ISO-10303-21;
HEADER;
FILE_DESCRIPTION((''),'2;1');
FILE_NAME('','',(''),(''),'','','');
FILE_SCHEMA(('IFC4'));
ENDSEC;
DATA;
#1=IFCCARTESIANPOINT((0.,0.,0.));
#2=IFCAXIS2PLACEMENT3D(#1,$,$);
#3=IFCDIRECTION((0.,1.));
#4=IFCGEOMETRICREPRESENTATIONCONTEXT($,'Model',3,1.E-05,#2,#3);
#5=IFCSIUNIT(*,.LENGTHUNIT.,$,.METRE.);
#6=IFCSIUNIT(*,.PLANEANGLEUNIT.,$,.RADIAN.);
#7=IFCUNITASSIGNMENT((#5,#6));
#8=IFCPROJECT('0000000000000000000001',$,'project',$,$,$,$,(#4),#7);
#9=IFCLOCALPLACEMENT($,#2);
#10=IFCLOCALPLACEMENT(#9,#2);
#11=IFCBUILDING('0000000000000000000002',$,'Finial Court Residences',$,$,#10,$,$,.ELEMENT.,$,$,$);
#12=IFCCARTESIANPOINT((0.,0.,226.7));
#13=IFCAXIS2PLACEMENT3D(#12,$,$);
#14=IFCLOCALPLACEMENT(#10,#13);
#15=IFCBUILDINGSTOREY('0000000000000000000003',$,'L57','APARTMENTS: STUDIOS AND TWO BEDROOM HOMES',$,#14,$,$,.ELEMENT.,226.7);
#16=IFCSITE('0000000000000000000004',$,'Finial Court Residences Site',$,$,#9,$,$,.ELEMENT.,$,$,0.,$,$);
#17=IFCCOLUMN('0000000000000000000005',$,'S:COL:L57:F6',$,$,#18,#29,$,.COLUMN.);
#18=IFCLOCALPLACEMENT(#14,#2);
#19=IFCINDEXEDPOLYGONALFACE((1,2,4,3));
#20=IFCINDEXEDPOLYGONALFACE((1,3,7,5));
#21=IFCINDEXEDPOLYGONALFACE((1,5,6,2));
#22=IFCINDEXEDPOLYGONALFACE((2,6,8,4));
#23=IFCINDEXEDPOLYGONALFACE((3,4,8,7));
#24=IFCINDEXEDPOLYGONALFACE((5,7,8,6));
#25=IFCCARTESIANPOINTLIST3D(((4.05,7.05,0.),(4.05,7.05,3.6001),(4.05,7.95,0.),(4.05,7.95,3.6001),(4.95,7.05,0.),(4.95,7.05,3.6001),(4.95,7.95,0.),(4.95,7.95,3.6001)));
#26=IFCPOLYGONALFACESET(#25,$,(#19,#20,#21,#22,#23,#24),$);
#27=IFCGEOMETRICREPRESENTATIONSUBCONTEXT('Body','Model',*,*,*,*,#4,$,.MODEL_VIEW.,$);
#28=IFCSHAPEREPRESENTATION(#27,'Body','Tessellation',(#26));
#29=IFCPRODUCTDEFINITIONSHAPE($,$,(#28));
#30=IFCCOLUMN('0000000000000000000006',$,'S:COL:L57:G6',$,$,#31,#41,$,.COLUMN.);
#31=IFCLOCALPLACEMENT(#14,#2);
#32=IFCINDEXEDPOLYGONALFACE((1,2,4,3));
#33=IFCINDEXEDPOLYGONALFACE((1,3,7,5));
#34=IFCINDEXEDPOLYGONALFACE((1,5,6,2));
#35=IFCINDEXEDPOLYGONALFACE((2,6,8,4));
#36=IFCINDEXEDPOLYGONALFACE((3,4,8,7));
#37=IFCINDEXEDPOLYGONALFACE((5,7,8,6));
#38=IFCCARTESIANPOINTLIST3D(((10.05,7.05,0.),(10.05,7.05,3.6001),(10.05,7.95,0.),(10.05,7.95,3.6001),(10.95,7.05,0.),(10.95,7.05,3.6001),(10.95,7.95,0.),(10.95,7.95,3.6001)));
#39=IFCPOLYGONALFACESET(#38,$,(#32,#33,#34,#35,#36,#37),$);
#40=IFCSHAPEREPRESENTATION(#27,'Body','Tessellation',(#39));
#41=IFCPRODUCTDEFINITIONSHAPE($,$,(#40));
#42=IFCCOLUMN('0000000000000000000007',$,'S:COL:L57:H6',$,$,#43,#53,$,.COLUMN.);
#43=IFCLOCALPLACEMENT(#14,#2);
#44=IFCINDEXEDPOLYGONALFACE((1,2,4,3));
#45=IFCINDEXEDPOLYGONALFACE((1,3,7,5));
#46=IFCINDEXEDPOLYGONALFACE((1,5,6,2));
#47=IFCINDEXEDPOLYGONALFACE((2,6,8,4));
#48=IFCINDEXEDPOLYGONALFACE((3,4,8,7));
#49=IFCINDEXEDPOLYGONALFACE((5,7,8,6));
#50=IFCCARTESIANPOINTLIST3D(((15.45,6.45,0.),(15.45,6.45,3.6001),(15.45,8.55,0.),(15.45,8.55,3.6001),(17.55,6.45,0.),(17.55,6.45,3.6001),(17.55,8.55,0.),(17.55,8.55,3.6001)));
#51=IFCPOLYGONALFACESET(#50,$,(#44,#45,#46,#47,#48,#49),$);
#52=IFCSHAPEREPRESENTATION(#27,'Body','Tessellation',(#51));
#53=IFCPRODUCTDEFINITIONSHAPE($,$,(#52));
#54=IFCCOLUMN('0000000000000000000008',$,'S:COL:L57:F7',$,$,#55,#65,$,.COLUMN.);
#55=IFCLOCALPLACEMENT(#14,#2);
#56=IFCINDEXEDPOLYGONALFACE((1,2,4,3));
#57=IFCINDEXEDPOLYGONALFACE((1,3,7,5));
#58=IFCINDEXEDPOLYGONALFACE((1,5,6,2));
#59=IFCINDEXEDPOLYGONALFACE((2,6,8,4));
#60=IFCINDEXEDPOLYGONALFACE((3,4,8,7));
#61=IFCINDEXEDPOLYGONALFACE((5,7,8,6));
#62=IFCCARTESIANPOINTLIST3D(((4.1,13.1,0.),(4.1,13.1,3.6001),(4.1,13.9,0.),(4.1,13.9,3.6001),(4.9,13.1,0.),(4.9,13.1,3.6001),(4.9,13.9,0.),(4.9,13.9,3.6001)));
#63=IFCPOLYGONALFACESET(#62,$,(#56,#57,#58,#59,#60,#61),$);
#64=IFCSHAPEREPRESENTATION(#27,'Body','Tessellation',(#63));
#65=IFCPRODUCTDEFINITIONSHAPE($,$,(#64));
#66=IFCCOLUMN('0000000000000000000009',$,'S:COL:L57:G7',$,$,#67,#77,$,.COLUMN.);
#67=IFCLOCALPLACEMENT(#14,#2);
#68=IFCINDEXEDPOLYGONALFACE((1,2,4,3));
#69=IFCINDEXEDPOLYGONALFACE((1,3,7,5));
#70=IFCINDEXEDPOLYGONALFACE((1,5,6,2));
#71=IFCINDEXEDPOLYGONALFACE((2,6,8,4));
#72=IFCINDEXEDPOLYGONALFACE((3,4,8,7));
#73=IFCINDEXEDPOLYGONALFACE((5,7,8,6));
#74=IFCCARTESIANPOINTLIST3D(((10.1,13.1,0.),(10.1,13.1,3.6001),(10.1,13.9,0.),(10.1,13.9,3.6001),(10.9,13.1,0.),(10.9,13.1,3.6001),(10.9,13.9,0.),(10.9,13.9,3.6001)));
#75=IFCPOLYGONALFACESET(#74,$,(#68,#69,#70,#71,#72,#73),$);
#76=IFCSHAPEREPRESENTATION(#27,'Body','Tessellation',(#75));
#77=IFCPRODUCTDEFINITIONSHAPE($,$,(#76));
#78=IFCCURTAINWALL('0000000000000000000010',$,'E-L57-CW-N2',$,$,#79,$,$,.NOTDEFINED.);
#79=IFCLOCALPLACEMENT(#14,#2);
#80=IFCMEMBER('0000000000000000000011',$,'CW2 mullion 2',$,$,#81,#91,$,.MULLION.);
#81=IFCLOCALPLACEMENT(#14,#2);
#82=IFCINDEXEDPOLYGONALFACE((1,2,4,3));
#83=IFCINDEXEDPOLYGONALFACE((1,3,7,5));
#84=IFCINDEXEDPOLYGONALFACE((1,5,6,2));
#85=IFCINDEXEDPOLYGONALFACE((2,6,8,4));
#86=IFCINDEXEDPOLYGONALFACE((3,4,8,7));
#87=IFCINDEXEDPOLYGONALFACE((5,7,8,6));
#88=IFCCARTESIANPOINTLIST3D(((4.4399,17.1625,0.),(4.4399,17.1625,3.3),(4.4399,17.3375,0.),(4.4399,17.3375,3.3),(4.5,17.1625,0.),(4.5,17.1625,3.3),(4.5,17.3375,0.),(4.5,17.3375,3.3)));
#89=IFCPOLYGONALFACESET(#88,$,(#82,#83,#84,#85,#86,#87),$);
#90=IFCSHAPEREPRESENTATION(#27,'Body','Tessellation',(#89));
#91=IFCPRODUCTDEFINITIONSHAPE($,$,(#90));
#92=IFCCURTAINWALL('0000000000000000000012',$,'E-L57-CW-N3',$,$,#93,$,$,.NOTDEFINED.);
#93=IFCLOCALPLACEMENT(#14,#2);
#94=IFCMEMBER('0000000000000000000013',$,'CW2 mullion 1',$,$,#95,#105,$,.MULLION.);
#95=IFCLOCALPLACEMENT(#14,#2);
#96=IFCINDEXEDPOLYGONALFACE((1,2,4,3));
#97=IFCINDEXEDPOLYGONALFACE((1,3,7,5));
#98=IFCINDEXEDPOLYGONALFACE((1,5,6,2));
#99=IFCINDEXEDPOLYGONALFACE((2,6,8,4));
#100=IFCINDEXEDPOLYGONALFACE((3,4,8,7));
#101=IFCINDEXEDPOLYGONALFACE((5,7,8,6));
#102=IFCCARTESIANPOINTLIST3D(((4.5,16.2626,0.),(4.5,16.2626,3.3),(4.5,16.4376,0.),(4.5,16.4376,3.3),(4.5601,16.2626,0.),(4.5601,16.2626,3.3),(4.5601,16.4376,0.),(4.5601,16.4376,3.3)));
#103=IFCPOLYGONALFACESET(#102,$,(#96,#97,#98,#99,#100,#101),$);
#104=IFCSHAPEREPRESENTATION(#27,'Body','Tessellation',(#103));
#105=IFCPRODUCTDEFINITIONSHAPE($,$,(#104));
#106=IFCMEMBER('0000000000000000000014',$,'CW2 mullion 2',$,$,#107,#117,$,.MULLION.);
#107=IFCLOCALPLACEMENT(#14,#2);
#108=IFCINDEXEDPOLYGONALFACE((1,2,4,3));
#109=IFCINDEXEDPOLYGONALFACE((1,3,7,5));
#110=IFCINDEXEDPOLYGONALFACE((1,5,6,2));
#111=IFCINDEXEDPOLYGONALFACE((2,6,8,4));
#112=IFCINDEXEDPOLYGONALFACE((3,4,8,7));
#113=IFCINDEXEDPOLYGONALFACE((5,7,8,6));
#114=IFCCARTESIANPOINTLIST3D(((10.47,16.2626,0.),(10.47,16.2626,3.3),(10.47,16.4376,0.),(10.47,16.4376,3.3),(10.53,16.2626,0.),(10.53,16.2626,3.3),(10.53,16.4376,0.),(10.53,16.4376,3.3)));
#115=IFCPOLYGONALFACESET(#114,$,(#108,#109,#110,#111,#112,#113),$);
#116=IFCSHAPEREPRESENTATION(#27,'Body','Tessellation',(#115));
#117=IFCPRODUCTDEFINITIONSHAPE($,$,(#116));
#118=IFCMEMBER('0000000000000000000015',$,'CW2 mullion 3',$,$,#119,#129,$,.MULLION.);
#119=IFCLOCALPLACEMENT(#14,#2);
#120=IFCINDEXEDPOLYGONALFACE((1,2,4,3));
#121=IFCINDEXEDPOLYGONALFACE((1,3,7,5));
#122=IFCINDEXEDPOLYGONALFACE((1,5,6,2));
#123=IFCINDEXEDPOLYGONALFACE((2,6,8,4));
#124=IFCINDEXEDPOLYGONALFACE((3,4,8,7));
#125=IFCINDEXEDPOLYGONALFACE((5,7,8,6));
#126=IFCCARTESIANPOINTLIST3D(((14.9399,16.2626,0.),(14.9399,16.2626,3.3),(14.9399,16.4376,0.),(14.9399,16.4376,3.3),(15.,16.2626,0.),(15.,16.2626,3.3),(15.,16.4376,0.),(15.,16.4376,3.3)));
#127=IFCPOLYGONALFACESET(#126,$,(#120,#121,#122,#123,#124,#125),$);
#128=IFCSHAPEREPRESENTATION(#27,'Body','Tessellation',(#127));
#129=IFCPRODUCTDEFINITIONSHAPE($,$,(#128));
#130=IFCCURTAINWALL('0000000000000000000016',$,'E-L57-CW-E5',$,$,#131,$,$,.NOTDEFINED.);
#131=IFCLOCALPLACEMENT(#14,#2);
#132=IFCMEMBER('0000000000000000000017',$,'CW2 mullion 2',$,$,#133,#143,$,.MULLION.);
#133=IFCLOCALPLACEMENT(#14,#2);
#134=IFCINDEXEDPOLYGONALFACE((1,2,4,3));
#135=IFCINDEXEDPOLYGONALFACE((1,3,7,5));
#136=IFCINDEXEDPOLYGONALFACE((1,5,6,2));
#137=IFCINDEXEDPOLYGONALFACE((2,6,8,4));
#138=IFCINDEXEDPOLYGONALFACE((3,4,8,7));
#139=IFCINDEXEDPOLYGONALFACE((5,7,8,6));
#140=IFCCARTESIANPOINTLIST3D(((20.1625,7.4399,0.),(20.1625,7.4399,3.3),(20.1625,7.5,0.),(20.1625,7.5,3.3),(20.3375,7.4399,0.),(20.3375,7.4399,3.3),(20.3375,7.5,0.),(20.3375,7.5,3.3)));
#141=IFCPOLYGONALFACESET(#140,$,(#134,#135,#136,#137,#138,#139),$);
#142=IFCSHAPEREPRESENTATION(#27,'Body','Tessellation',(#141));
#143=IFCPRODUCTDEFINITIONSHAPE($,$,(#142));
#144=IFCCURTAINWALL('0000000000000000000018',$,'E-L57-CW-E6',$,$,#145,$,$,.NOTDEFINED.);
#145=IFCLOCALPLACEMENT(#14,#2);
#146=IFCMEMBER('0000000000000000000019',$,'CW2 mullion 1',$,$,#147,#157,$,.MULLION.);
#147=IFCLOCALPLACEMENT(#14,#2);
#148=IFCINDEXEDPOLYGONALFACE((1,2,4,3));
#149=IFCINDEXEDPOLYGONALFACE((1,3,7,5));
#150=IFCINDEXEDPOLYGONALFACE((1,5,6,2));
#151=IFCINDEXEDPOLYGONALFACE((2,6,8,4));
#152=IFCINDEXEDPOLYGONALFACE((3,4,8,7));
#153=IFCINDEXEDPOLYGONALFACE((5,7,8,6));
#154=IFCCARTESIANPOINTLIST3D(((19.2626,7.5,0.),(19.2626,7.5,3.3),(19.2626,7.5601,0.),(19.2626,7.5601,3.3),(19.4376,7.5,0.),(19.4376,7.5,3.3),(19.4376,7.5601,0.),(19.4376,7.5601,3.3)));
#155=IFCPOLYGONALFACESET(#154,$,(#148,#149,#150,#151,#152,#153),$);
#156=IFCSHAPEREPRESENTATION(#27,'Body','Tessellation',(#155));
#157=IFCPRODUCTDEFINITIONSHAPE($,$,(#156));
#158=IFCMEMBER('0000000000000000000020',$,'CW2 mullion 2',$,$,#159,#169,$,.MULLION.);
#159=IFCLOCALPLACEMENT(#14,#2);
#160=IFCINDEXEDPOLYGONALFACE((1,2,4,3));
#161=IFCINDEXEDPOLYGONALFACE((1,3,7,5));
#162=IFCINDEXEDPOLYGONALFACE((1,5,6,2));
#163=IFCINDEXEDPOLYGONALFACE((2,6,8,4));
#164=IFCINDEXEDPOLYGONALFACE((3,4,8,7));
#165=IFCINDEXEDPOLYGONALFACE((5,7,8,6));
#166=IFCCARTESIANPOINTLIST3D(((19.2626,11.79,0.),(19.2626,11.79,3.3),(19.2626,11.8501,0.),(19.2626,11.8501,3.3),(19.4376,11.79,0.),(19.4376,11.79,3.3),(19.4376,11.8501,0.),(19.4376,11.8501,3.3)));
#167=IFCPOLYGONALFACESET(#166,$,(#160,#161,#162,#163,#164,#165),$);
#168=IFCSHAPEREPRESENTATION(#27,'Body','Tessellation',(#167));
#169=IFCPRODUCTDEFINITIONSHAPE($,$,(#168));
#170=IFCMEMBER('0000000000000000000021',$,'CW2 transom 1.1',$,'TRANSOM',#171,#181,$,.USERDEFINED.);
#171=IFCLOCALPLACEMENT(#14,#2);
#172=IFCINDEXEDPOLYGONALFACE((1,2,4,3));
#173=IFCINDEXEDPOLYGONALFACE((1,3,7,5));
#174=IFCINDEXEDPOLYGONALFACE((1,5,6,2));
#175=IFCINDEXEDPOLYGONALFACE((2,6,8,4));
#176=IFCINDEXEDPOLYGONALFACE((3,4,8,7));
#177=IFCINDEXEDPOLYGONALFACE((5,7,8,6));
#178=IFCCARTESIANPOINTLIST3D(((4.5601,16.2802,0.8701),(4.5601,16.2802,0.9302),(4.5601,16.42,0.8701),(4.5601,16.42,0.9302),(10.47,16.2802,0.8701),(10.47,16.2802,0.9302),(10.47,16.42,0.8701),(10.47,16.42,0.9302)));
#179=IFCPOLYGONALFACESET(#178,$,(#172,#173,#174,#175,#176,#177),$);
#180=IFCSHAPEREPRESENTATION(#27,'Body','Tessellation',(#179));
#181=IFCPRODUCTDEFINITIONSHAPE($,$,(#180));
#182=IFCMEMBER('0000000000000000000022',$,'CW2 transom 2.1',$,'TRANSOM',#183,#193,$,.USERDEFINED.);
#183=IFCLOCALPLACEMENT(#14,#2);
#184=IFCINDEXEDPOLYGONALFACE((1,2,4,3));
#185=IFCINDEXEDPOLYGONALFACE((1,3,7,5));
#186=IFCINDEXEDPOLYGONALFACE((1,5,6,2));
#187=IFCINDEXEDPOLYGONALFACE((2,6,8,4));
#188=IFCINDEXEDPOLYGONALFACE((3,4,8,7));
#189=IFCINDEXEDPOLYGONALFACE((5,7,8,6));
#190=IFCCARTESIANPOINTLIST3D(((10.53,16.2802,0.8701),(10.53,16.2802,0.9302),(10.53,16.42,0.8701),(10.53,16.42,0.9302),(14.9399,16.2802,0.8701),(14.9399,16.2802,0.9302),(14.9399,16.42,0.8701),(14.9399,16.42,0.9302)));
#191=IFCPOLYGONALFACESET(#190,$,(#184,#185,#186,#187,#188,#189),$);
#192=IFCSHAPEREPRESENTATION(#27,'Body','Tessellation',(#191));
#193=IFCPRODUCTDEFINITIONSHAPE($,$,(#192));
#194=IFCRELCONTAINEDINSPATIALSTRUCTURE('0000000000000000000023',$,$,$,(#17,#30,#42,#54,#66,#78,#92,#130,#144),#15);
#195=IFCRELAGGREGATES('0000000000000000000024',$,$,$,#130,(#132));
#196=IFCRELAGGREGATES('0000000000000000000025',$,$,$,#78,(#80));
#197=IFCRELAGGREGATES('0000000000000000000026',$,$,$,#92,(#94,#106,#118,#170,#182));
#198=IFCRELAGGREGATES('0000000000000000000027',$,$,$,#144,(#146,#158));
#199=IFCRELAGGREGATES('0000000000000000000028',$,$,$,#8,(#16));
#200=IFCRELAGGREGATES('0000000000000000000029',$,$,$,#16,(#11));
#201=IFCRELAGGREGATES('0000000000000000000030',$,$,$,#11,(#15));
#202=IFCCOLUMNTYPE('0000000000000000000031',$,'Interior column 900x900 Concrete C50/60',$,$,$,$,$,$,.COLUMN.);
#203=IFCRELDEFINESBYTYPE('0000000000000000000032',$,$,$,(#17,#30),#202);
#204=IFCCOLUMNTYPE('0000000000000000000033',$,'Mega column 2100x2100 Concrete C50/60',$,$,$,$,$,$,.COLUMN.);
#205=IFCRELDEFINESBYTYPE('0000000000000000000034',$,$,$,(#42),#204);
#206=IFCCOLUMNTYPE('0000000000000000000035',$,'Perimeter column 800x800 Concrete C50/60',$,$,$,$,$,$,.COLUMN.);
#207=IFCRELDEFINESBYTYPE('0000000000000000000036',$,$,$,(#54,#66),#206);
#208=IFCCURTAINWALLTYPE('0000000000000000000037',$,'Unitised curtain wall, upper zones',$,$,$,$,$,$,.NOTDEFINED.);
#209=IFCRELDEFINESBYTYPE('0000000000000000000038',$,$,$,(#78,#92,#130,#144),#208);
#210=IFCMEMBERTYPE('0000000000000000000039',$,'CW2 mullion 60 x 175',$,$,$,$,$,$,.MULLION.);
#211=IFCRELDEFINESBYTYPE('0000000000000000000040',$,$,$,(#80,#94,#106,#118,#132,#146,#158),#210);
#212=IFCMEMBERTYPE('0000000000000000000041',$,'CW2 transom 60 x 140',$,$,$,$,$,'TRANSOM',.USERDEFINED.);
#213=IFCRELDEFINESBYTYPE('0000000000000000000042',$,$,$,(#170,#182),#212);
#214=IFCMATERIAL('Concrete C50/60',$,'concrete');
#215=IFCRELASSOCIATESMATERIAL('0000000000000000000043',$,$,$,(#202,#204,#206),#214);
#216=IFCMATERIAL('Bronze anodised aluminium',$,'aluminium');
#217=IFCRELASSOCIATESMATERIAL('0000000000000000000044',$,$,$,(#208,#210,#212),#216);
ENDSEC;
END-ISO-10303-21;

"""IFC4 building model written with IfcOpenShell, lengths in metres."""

from ifc_helpers import new_model, si_unit, direction, frame, origin, origin_2d, place, context, subcontext, project, spatial, rectangle, extrude, material, material_profile, profile_set, type_object, element, aggregate, save


model = new_model("IFC4")

# Units and contexts
model_context = context("Model", 3, precision=1e-05, world=origin(), true_north=direction((0.0, 1.0)))
body_context = subcontext(model_context, "Body", "Model", "MODEL_VIEW")
ifc_project = project(units=[si_unit("LENGTHUNIT", "METRE"), si_unit("PLANEANGLEUNIT", "RADIAN")], contexts=[model_context])

# Site, building, storey
site_placement = place(None, origin())
site = spatial("IfcSite", under=ifc_project, at=site_placement, Name="Finial Court Residences Site", CompositionType="ELEMENT", RefElevation=0.0)
building_placement = place(site_placement, origin())
building = spatial("IfcBuilding", under=site, at=building_placement, Name="Finial Court Residences", CompositionType="ELEMENT")
storey_placement = place(building_placement, frame((0.0, 0.0, 226.7)))
storey = spatial("IfcBuildingStorey", under=building, at=storey_placement, Name="L57", Description="APARTMENTS: STUDIOS AND TWO BEDROOM HOMES", CompositionType="ELEMENT", Elevation=226.7)

# Columns
ifc_material_1 = material(Name="Concrete C50/60", Category="concrete")
ifc_material_profile_1 = material_profile(ifc_material_1, rectangle(XDim=0.8999, YDim=0.8999, at=origin_2d()), Name="900x900")
ifc_profile_set_1 = profile_set([ifc_material_profile_1], Name="Concrete C50/60")
column_type_1 = type_object("IfcColumnType", Name="Interior column 900x900 Concrete C50/60", PredefinedType="COLUMN", material=ifc_profile_set_1)
for number, where, z_axis, x_axis, name in (
    (1, (4.5, 7.5, 0.0), (0.0, 0.0, 1.0), (1.0, 0.0, 0.0), "S:COL:L57:F6"),
    (2, (10.5, 7.5, 0.0), (0.0, 0.0, 1.0), (1.0, 0.0, 0.0), "S:COL:L57:G6"),
):
    element("IfcColumn", number, at=place(storey_placement, frame(where, z_axis=z_axis, x_axis=x_axis)), inside=storey, type_object=column_type_1, Name=name, PredefinedType="COLUMN", context=body_context, shape_type="SweptSolid", body=[
        extrude(rectangle(XDim=0.8999, YDim=0.8999, at=origin_2d()), origin(), (0.0, 0.0, 1.0), 3.6001),
    ])
ifc_material_profile_2 = material_profile(ifc_material_1, rectangle(XDim=2.1001, YDim=2.1001, at=origin_2d()), Name="2100x2100")
ifc_profile_set_2 = profile_set([ifc_material_profile_2], Name="Concrete C50/60")
column_type_2 = type_object("IfcColumnType", Name="Mega column 2100x2100 Concrete C50/60", PredefinedType="COLUMN", material=ifc_profile_set_2)
column_placement = place(storey_placement, frame((16.5, 7.5, 0.0), z_axis=(0.0, 0.0, 1.0), x_axis=(1.0, 0.0, 0.0)))
element("IfcColumn", 3, at=column_placement, inside=storey, type_object=column_type_2, Name="S:COL:L57:H6", PredefinedType="COLUMN", context=body_context, shape_type="SweptSolid", body=[
    extrude(rectangle(XDim=2.1001, YDim=2.1001, at=origin_2d()), origin(), (0.0, 0.0, 1.0), 3.6001),
])
ifc_material_profile_3 = material_profile(ifc_material_1, rectangle(XDim=0.8, YDim=0.8, at=origin_2d()), Name="800x800")
ifc_profile_set_3 = profile_set([ifc_material_profile_3], Name="Concrete C50/60")
column_type_3 = type_object("IfcColumnType", Name="Perimeter column 800x800 Concrete C50/60", PredefinedType="COLUMN", material=ifc_profile_set_3)
for number, where, z_axis, x_axis, name in (
    (4, (4.5, 13.5, 0.0), (0.0, 0.0, 1.0), (1.0, 0.0, 0.0), "S:COL:L57:F7"),
    (5, (10.5, 13.5, 0.0), (0.0, 0.0, 1.0), (1.0, 0.0, 0.0), "S:COL:L57:G7"),
):
    element("IfcColumn", number, at=place(storey_placement, frame(where, z_axis=z_axis, x_axis=x_axis)), inside=storey, type_object=column_type_3, Name=name, PredefinedType="COLUMN", context=body_context, shape_type="SweptSolid", body=[
        extrude(rectangle(XDim=0.8, YDim=0.8, at=origin_2d()), origin(), (0.0, 0.0, 1.0), 3.6001),
    ])

# Curtain wall, member
ifc_material_2 = material(Name="Bronze anodised aluminium", Category="aluminium")
curtain_wall_type = type_object("IfcCurtainWallType", Name="Unitised curtain wall, upper zones", PredefinedType="NOTDEFINED", material=ifc_material_2)
curtain_wall_1_placement = place(storey_placement, origin())
curtain_wall_1 = element("IfcCurtainWall", 6, at=curtain_wall_1_placement, inside=storey, type_object=curtain_wall_type, Name="E-L57-CW-N2", PredefinedType="NOTDEFINED")
ifc_material_profile_4 = material_profile(ifc_material_2, rectangle(XDim=0.175, YDim=0.0601, at=origin_2d()), Name="CW2 mullion 60 x 175")
ifc_profile_set_4 = profile_set([ifc_material_profile_4], Name="Bronze anodised aluminium")
member_type_1 = type_object("IfcMemberType", Name="CW2 mullion 60 x 175", PredefinedType="MULLION", material=ifc_profile_set_4)
member_1_placement = place(storey_placement, frame((4.47, 17.25, 0.0), z_axis=(0.0, 0.0, 1.0), x_axis=(0.0, 1.0, 0.0)))
member_1 = element("IfcMember", 7, at=member_1_placement, type_object=member_type_1, Name="CW2 mullion 2", PredefinedType="MULLION", context=body_context, shape_type="SweptSolid", body=[
    extrude(rectangle(XDim=0.175, YDim=0.0601, at=origin_2d()), origin(), (0.0, 0.0, 1.0), 3.3),
])

# Curtain wall, members
curtain_wall_2_placement = place(storey_placement, origin())
curtain_wall_2 = element("IfcCurtainWall", 8, at=curtain_wall_2_placement, inside=storey, type_object=curtain_wall_type, Name="E-L57-CW-N3", PredefinedType="NOTDEFINED")
member_2_placement = place(storey_placement, frame((4.53, 16.3501, 0.0), z_axis=(0.0, 0.0, 1.0), x_axis=(0.0, 1.0, 0.0)))
member_2 = element("IfcMember", 9, at=member_2_placement, type_object=member_type_1, Name="CW2 mullion 1", PredefinedType="MULLION", context=body_context, shape_type="SweptSolid", body=[
    extrude(rectangle(XDim=0.175, YDim=0.0601, at=origin_2d()), origin(), (0.0, 0.0, 1.0), 3.3),
])
member_3_placement = place(storey_placement, frame((10.5, 16.3501, 0.0), z_axis=(0.0, 0.0, 1.0), x_axis=(0.0, 1.0, 0.0)))
member_3 = element("IfcMember", 10, at=member_3_placement, type_object=member_type_1, Name="CW2 mullion 2", PredefinedType="MULLION", context=body_context, shape_type="SweptSolid", body=[
    extrude(rectangle(XDim=0.175, YDim=0.0601, at=origin_2d()), origin(), (0.0, 0.0, 1.0), 3.3),
])
member_4_placement = place(storey_placement, frame((14.97, 16.3501, 0.0), z_axis=(0.0, 0.0, 1.0), x_axis=(0.0, 1.0, 0.0)))
member_4 = element("IfcMember", 11, at=member_4_placement, type_object=member_type_1, Name="CW2 mullion 3", PredefinedType="MULLION", context=body_context, shape_type="SweptSolid", body=[
    extrude(rectangle(XDim=0.175, YDim=0.0601, at=origin_2d()), origin(), (0.0, 0.0, 1.0), 3.3),
])

# Curtain wall, member
curtain_wall_3_placement = place(storey_placement, origin())
curtain_wall_3 = element("IfcCurtainWall", 12, at=curtain_wall_3_placement, inside=storey, type_object=curtain_wall_type, Name="E-L57-CW-E5", PredefinedType="NOTDEFINED")
member_5_placement = place(storey_placement, frame((20.25, 7.47, 0.0), z_axis=(0.0, 0.0, 1.0), x_axis=(-1.0, 0.0, 0.0)))
member_5 = element("IfcMember", 13, at=member_5_placement, type_object=member_type_1, Name="CW2 mullion 2", PredefinedType="MULLION", context=body_context, shape_type="SweptSolid", body=[
    extrude(rectangle(XDim=0.175, YDim=0.0601, at=origin_2d()), origin(), (0.0, 0.0, 1.0), 3.3),
])
aggregate(curtain_wall_3, [member_5])

# Curtain wall, members
curtain_wall_4_placement = place(storey_placement, origin())
curtain_wall_4 = element("IfcCurtainWall", 14, at=curtain_wall_4_placement, inside=storey, type_object=curtain_wall_type, Name="E-L57-CW-E6", PredefinedType="NOTDEFINED")
member_6_placement = place(storey_placement, frame((19.3501, 7.53, 0.0), z_axis=(0.0, 0.0, 1.0), x_axis=(-1.0, 0.0, 0.0)))
member_6 = element("IfcMember", 15, at=member_6_placement, type_object=member_type_1, Name="CW2 mullion 1", PredefinedType="MULLION", context=body_context, shape_type="SweptSolid", body=[
    extrude(rectangle(XDim=0.175, YDim=0.0601, at=origin_2d()), origin(), (0.0, 0.0, 1.0), 3.3),
])
member_7_placement = place(storey_placement, frame((19.3501, 11.8201, 0.0), z_axis=(0.0, 0.0, 1.0), x_axis=(-1.0, 0.0, 0.0)))
member_7 = element("IfcMember", 16, at=member_7_placement, type_object=member_type_1, Name="CW2 mullion 2", PredefinedType="MULLION", context=body_context, shape_type="SweptSolid", body=[
    extrude(rectangle(XDim=0.175, YDim=0.0601, at=origin_2d()), origin(), (0.0, 0.0, 1.0), 3.3),
])

# Members
ifc_material_profile_5 = material_profile(ifc_material_2, rectangle(XDim=0.1399, YDim=0.0601, at=origin_2d()), Name="CW2 transom 60 x 140")
ifc_profile_set_5 = profile_set([ifc_material_profile_5], Name="Bronze anodised aluminium")
member_type_2 = type_object("IfcMemberType", Name="CW2 transom 60 x 140", ElementType="TRANSOM", PredefinedType="USERDEFINED", material=ifc_profile_set_5)
member_8_placement = place(storey_placement, frame((4.5601, 16.3501, 0.9001), z_axis=(1.0, 0.0, 0.0), x_axis=(0.0, 1.0, 0.0)))
member_8 = element("IfcMember", 17, at=member_8_placement, type_object=member_type_2, Name="CW2 transom 1.1", ObjectType="TRANSOM", PredefinedType="USERDEFINED", context=body_context, shape_type="SweptSolid", body=[
    extrude(rectangle(XDim=0.1399, YDim=0.0601, at=origin_2d()), origin(), (0.0, 0.0, 1.0), 5.9099),
])
member_9_placement = place(storey_placement, frame((10.53, 16.3501, 0.9001), z_axis=(1.0, 0.0, 0.0), x_axis=(0.0, 1.0, 0.0)))
member_9 = element("IfcMember", 18, at=member_9_placement, type_object=member_type_2, Name="CW2 transom 2.1", ObjectType="TRANSOM", PredefinedType="USERDEFINED", context=body_context, shape_type="SweptSolid", body=[
    extrude(rectangle(XDim=0.1399, YDim=0.0601, at=origin_2d()), origin(), (0.0, 0.0, 1.0), 4.4099),
])

aggregate(curtain_wall_1, [member_1])
aggregate(curtain_wall_2, [member_2, member_3, member_4, member_8, member_9])
aggregate(curtain_wall_4, [member_6, member_7])

save(model, "model.ifc")
